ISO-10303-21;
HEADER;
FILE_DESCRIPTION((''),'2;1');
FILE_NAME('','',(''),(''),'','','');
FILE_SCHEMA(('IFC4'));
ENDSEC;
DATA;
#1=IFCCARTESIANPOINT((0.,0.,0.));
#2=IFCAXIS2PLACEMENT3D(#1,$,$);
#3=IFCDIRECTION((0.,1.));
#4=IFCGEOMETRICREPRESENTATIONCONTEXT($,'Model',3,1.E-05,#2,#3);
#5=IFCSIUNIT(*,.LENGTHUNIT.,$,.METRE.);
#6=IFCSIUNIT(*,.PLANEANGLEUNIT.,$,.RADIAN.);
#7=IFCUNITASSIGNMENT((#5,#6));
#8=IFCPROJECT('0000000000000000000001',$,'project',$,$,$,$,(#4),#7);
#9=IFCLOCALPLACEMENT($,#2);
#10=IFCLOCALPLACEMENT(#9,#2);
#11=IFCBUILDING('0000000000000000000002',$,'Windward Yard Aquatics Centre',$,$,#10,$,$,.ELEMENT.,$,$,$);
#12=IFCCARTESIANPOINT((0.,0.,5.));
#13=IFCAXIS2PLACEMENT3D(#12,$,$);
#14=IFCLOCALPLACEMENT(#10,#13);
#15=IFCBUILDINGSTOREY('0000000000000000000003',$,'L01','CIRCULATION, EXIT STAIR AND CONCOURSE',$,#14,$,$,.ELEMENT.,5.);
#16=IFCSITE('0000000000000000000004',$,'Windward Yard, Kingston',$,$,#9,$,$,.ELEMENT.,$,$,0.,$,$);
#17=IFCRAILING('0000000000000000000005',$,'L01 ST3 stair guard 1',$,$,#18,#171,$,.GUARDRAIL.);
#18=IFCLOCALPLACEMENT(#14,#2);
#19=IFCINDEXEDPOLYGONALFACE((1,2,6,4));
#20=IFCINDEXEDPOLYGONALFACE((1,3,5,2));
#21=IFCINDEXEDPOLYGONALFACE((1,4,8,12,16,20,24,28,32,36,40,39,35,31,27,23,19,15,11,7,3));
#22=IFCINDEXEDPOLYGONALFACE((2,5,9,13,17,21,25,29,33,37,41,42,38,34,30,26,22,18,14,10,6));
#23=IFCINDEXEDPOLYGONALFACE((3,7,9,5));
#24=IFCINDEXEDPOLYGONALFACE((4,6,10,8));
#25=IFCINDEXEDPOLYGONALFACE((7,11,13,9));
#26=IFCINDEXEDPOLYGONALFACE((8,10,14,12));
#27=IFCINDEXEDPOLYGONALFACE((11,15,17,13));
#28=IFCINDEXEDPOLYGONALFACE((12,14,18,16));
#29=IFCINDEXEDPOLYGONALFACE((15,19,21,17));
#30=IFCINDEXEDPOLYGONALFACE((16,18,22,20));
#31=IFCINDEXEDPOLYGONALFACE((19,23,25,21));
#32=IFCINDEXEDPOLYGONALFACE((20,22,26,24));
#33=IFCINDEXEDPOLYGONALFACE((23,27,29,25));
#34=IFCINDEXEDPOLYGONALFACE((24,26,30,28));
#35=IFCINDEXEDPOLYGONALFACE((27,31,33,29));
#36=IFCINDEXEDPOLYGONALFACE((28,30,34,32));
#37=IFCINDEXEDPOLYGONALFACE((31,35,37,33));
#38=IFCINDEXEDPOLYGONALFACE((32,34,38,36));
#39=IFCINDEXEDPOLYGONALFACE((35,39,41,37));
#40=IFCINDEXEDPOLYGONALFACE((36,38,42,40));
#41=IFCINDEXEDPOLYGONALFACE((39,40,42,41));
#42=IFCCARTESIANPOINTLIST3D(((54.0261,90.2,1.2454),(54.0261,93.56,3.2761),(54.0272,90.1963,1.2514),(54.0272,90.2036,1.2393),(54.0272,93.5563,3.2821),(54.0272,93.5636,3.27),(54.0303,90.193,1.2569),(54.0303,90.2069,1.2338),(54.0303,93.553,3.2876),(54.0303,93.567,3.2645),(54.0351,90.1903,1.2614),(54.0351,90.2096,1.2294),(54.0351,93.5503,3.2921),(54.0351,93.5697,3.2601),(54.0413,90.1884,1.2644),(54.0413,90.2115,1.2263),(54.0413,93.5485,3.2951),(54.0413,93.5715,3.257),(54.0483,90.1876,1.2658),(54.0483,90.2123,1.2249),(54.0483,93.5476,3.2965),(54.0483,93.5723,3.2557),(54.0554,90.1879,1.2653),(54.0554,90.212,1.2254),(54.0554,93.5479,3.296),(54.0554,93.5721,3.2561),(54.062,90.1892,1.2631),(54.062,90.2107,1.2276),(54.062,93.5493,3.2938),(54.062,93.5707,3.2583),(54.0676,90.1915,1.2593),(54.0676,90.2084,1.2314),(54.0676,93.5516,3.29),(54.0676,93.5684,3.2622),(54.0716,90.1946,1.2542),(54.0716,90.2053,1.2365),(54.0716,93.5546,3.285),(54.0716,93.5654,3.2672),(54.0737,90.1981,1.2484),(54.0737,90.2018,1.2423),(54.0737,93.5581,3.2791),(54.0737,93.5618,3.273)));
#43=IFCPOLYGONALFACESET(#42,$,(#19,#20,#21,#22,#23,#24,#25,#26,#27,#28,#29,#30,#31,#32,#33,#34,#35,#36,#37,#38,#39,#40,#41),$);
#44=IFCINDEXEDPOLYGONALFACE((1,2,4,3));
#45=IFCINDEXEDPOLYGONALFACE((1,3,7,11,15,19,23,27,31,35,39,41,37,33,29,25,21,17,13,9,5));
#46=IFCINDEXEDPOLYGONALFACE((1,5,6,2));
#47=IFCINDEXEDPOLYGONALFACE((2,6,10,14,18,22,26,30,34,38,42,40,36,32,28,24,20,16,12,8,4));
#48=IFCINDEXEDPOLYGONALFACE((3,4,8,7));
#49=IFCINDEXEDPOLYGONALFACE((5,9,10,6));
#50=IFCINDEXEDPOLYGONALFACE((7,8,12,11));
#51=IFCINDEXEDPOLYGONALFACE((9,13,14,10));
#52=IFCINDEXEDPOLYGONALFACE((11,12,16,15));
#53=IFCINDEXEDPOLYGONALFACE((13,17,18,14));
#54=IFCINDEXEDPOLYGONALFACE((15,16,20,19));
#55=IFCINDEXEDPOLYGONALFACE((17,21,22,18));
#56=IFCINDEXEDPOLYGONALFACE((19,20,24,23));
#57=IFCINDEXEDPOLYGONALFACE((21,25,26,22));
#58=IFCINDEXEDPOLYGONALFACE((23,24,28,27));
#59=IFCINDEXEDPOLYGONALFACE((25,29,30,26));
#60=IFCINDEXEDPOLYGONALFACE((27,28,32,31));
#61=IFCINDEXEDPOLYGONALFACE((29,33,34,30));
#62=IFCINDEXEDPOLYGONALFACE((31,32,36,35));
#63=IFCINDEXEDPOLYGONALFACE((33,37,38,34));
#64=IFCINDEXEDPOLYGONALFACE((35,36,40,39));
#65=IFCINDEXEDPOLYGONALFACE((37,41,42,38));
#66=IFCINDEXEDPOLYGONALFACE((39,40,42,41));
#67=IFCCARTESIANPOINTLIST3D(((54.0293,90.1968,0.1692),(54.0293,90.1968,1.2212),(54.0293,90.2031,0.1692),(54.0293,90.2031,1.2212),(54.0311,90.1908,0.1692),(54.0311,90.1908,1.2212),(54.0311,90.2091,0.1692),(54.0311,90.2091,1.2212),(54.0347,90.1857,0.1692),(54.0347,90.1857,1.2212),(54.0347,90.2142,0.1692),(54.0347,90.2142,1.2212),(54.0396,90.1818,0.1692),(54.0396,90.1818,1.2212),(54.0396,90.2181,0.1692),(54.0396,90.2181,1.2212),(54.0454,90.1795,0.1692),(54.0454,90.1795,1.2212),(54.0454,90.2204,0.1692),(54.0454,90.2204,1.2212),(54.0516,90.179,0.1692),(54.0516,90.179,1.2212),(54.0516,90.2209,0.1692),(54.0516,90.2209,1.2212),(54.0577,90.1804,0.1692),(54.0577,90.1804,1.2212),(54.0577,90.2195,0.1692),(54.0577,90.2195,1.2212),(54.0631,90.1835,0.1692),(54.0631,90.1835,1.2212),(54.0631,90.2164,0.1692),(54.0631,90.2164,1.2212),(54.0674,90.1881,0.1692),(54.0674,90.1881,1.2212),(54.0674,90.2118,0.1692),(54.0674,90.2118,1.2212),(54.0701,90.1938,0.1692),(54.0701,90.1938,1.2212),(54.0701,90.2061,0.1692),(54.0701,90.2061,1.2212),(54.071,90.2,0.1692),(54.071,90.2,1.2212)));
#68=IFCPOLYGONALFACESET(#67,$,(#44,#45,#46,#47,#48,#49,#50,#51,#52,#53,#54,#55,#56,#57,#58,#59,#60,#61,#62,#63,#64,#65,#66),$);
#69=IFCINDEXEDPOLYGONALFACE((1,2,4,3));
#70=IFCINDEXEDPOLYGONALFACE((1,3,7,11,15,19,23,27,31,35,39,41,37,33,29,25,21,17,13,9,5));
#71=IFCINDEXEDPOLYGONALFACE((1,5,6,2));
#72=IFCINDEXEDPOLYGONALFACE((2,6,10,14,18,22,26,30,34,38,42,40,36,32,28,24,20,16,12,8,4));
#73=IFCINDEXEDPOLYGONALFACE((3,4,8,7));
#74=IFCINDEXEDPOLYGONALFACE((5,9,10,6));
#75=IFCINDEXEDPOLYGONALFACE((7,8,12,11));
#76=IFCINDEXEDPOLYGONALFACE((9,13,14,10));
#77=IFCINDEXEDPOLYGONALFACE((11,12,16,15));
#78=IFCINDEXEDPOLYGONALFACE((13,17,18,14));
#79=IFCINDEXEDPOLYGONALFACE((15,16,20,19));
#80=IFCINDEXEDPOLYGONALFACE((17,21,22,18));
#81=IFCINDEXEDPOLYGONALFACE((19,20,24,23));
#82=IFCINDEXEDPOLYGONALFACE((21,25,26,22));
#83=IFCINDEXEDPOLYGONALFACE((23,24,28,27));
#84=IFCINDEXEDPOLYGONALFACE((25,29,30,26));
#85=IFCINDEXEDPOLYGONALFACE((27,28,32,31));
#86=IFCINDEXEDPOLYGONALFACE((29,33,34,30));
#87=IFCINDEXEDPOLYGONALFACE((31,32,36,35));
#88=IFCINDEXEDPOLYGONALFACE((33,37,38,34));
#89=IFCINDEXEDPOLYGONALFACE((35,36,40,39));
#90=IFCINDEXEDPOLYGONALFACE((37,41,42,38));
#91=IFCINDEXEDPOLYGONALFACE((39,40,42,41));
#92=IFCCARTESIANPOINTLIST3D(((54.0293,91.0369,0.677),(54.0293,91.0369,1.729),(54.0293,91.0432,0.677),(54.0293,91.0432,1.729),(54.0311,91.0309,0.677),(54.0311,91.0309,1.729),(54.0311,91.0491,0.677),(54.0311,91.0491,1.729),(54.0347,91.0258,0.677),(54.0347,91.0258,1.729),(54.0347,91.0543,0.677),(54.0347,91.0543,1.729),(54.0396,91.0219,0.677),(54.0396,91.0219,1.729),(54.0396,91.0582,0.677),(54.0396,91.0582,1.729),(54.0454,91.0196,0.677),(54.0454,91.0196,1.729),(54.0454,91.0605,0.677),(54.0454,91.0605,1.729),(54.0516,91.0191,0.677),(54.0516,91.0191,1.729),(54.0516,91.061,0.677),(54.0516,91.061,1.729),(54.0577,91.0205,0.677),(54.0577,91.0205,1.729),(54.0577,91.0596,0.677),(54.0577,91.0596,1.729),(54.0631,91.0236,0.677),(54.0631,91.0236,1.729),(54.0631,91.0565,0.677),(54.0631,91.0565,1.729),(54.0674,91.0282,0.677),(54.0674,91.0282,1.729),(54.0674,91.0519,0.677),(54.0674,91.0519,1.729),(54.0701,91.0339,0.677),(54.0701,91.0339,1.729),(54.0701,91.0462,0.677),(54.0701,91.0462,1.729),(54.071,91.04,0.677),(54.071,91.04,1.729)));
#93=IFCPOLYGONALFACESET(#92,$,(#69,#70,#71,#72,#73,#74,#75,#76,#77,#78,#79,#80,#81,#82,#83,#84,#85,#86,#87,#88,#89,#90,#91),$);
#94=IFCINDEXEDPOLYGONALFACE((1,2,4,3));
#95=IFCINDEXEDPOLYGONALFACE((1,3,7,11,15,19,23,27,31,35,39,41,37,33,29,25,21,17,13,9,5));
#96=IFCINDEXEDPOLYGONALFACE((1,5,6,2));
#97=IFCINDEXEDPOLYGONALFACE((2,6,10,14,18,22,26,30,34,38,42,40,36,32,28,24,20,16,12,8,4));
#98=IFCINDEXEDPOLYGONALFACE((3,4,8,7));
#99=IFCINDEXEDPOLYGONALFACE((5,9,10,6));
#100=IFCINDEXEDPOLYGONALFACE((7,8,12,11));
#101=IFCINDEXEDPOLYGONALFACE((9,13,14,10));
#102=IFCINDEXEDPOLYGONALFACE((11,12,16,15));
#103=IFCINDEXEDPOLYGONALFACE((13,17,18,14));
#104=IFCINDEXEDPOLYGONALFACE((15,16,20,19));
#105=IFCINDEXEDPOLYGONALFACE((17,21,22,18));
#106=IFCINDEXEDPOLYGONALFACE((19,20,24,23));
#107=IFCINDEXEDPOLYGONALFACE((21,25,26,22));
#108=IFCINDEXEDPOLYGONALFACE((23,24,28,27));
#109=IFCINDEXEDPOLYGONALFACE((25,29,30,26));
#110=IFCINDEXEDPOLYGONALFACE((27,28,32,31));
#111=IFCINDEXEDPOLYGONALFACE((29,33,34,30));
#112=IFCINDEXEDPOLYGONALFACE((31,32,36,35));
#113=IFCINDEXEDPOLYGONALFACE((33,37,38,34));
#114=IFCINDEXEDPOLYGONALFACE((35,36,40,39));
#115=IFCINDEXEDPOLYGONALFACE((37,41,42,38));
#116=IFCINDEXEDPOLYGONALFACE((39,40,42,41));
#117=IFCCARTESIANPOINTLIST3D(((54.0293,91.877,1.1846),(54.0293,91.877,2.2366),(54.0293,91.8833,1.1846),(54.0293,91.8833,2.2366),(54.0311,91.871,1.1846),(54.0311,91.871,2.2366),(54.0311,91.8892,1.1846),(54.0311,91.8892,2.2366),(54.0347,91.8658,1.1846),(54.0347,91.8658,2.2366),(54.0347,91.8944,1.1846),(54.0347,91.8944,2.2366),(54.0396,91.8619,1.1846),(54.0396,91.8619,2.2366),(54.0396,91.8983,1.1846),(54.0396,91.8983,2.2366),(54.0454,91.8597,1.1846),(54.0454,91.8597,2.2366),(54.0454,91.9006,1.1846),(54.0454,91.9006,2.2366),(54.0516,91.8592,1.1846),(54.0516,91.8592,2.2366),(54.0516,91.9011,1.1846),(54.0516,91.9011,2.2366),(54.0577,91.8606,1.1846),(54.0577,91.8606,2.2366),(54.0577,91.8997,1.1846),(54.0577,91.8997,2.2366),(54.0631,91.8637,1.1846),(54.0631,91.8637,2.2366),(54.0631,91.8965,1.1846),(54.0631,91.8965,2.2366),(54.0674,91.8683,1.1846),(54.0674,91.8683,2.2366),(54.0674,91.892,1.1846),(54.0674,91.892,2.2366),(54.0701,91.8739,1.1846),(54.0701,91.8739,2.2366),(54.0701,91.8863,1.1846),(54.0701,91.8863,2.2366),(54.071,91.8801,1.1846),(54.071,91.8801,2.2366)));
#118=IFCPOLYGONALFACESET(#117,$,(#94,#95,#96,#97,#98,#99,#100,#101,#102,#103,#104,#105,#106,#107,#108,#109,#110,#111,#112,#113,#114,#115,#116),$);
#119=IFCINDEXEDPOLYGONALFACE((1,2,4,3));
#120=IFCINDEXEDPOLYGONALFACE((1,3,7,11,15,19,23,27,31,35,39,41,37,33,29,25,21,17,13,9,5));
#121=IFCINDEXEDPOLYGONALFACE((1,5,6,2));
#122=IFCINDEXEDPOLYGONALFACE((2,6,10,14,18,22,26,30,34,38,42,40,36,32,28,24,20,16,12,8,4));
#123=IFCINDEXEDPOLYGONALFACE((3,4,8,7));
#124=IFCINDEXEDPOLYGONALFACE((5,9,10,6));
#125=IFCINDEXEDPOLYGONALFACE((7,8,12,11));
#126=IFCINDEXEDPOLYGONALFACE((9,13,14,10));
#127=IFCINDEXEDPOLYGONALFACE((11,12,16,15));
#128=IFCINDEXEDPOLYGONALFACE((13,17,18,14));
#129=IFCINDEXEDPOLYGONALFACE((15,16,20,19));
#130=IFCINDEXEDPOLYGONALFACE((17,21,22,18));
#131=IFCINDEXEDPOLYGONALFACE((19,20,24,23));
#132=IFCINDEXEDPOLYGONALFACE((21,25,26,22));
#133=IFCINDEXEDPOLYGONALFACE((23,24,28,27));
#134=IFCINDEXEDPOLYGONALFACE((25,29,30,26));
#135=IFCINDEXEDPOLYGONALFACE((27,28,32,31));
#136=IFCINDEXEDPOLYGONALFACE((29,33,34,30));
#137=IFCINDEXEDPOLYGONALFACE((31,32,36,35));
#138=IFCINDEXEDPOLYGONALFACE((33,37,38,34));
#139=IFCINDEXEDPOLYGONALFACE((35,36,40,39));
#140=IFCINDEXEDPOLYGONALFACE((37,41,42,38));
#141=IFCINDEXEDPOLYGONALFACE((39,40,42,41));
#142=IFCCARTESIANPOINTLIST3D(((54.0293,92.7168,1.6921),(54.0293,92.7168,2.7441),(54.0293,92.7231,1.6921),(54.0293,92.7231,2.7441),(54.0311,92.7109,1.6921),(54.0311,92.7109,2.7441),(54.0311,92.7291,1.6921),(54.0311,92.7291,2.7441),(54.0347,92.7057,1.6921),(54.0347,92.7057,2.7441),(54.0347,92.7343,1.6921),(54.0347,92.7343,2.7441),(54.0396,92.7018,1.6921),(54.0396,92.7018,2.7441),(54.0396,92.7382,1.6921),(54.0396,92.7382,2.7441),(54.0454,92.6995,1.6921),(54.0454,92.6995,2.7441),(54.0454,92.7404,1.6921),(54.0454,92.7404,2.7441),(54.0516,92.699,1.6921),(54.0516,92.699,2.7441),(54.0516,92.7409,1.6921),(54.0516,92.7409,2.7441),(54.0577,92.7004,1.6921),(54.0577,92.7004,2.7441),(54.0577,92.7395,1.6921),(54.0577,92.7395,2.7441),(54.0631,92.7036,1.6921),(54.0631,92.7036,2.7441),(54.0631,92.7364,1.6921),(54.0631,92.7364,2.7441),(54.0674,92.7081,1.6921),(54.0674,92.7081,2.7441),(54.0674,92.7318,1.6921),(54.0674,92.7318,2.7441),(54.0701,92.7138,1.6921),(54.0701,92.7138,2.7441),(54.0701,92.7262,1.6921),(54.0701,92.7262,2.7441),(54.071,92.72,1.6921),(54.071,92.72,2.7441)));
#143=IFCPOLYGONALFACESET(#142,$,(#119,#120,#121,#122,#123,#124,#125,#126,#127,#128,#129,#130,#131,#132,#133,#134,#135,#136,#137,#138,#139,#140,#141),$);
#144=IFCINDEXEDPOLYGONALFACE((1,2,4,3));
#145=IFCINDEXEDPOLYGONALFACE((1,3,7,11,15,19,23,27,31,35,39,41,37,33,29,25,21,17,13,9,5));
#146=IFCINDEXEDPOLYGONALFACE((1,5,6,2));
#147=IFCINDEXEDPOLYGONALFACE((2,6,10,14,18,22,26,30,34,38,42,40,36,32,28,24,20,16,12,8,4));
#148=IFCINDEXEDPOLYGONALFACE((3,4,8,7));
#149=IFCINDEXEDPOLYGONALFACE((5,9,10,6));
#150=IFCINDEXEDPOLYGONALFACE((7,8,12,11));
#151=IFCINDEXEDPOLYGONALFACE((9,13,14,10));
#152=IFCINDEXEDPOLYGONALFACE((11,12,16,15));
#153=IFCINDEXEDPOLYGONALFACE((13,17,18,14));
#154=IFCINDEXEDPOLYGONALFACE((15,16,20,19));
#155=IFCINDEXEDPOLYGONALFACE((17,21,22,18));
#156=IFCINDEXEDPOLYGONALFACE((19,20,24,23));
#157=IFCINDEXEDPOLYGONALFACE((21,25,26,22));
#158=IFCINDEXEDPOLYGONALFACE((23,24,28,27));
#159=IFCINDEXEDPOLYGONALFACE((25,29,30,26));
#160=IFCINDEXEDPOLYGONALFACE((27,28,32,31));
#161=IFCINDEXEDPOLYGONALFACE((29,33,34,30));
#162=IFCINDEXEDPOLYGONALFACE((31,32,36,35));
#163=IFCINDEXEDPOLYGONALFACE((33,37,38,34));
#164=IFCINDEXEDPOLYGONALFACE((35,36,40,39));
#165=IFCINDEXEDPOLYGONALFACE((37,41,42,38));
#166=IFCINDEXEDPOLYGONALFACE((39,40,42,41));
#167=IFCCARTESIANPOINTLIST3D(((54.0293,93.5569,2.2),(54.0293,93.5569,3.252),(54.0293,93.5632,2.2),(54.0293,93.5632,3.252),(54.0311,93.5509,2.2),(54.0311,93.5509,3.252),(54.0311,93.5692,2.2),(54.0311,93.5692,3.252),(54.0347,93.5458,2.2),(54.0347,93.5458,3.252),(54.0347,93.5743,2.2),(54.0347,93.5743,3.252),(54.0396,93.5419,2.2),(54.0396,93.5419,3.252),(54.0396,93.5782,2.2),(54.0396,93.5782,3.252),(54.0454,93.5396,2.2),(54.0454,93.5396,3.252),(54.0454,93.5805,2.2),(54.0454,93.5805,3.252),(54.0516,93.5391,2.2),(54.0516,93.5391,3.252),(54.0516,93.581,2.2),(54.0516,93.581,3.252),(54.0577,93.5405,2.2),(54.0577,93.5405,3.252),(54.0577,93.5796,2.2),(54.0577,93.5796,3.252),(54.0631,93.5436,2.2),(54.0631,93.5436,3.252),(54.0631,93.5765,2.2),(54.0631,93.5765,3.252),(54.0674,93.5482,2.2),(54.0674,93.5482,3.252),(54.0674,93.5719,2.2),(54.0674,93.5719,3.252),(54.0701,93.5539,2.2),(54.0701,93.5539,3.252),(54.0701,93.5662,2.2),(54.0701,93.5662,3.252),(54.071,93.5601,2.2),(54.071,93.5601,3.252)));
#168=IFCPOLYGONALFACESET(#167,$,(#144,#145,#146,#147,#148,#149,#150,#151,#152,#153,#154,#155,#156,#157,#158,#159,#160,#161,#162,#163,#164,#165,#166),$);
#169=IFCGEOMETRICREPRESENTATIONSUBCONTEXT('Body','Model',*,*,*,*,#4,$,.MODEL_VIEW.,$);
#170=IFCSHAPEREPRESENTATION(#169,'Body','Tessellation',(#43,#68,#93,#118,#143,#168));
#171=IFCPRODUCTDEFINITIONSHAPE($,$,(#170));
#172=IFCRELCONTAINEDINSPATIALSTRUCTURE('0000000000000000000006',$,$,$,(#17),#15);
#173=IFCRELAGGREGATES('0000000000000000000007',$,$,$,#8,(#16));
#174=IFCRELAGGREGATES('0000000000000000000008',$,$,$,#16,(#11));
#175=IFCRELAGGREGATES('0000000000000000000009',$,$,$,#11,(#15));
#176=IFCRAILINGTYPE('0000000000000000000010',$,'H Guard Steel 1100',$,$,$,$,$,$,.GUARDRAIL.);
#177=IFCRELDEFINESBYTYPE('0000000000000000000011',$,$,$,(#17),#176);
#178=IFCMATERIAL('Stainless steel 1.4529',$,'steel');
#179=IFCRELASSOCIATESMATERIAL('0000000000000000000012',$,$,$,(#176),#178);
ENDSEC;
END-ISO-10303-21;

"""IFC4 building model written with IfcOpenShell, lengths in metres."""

from ifc_helpers import new_model, si_unit, direction, frame, origin, origin_2d, place, context, subcontext, project, spatial, circle, extrude, material, type_object, element, save


model = new_model("IFC4")

# Units and contexts
model_context = context("Model", 3, precision=1e-05, world=origin(), true_north=direction((0.0, 1.0)))
body_context = subcontext(model_context, "Body", "Model", "MODEL_VIEW")
ifc_project = project(units=[si_unit("LENGTHUNIT", "METRE"), si_unit("PLANEANGLEUNIT", "RADIAN")], contexts=[model_context])

# Site, building, storey
site_placement = place(None, origin())
site = spatial("IfcSite", under=ifc_project, at=site_placement, Name="Windward Yard, Kingston", CompositionType="ELEMENT", RefElevation=0.0)
building_placement = place(site_placement, origin())
building = spatial("IfcBuilding", under=site, at=building_placement, Name="Windward Yard Aquatics Centre", CompositionType="ELEMENT")
storey_placement = place(building_placement, frame((0.0, 0.0, 5.0)))
storey = spatial("IfcBuildingStorey", under=building, at=storey_placement, Name="L01", Description="CIRCULATION, EXIT STAIR AND CONCOURSE", CompositionType="ELEMENT", Elevation=5.0)

# Railing
ifc_material_1 = material(Name="Stainless steel 1.4529", Category="steel")
railing_type_1 = type_object("IfcRailingType", Name="H Guard Steel 1100", PredefinedType="GUARDRAIL", material=ifc_material_1)
railing_1_placement = place(storey_placement, frame((54.05, 90.2, 0.1692)))
element("IfcRailing", 1, at=railing_1_placement, inside=storey, type_object=railing_type_1, Name="L01 ST3 stair guard 1", PredefinedType="GUARDRAIL", context=body_context, shape_type="SweptSolid", body=[
    extrude(circle(Radius=0.0239, at=origin_2d()), frame((0.0, 0.0, 1.0762), z_axis=(0.0, 0.855837, 0.517246), x_axis=(-1.0, 0.0, 0.0)), (0.0, 0.0, 1.0), 3.926),
    extrude(circle(Radius=0.021, at=origin_2d()), origin(), (0.0, 0.0, 1.0), 1.052),
    extrude(circle(Radius=0.021, at=origin_2d()), frame((0.0, 0.8401, 0.5078)), (0.0, 0.0, 1.0), 1.052),
    extrude(circle(Radius=0.021, at=origin_2d()), frame((0.0, 1.6802, 1.0154)), (0.0, 0.0, 1.0), 1.052),
    extrude(circle(Radius=0.021, at=origin_2d()), frame((0.0, 2.52, 1.5229)), (0.0, 0.0, 1.0), 1.052),
    extrude(circle(Radius=0.021, at=origin_2d()), frame((0.0, 3.3601, 2.0308)), (0.0, 0.0, 1.0), 1.052),
])

save(model, "model.ifc")
